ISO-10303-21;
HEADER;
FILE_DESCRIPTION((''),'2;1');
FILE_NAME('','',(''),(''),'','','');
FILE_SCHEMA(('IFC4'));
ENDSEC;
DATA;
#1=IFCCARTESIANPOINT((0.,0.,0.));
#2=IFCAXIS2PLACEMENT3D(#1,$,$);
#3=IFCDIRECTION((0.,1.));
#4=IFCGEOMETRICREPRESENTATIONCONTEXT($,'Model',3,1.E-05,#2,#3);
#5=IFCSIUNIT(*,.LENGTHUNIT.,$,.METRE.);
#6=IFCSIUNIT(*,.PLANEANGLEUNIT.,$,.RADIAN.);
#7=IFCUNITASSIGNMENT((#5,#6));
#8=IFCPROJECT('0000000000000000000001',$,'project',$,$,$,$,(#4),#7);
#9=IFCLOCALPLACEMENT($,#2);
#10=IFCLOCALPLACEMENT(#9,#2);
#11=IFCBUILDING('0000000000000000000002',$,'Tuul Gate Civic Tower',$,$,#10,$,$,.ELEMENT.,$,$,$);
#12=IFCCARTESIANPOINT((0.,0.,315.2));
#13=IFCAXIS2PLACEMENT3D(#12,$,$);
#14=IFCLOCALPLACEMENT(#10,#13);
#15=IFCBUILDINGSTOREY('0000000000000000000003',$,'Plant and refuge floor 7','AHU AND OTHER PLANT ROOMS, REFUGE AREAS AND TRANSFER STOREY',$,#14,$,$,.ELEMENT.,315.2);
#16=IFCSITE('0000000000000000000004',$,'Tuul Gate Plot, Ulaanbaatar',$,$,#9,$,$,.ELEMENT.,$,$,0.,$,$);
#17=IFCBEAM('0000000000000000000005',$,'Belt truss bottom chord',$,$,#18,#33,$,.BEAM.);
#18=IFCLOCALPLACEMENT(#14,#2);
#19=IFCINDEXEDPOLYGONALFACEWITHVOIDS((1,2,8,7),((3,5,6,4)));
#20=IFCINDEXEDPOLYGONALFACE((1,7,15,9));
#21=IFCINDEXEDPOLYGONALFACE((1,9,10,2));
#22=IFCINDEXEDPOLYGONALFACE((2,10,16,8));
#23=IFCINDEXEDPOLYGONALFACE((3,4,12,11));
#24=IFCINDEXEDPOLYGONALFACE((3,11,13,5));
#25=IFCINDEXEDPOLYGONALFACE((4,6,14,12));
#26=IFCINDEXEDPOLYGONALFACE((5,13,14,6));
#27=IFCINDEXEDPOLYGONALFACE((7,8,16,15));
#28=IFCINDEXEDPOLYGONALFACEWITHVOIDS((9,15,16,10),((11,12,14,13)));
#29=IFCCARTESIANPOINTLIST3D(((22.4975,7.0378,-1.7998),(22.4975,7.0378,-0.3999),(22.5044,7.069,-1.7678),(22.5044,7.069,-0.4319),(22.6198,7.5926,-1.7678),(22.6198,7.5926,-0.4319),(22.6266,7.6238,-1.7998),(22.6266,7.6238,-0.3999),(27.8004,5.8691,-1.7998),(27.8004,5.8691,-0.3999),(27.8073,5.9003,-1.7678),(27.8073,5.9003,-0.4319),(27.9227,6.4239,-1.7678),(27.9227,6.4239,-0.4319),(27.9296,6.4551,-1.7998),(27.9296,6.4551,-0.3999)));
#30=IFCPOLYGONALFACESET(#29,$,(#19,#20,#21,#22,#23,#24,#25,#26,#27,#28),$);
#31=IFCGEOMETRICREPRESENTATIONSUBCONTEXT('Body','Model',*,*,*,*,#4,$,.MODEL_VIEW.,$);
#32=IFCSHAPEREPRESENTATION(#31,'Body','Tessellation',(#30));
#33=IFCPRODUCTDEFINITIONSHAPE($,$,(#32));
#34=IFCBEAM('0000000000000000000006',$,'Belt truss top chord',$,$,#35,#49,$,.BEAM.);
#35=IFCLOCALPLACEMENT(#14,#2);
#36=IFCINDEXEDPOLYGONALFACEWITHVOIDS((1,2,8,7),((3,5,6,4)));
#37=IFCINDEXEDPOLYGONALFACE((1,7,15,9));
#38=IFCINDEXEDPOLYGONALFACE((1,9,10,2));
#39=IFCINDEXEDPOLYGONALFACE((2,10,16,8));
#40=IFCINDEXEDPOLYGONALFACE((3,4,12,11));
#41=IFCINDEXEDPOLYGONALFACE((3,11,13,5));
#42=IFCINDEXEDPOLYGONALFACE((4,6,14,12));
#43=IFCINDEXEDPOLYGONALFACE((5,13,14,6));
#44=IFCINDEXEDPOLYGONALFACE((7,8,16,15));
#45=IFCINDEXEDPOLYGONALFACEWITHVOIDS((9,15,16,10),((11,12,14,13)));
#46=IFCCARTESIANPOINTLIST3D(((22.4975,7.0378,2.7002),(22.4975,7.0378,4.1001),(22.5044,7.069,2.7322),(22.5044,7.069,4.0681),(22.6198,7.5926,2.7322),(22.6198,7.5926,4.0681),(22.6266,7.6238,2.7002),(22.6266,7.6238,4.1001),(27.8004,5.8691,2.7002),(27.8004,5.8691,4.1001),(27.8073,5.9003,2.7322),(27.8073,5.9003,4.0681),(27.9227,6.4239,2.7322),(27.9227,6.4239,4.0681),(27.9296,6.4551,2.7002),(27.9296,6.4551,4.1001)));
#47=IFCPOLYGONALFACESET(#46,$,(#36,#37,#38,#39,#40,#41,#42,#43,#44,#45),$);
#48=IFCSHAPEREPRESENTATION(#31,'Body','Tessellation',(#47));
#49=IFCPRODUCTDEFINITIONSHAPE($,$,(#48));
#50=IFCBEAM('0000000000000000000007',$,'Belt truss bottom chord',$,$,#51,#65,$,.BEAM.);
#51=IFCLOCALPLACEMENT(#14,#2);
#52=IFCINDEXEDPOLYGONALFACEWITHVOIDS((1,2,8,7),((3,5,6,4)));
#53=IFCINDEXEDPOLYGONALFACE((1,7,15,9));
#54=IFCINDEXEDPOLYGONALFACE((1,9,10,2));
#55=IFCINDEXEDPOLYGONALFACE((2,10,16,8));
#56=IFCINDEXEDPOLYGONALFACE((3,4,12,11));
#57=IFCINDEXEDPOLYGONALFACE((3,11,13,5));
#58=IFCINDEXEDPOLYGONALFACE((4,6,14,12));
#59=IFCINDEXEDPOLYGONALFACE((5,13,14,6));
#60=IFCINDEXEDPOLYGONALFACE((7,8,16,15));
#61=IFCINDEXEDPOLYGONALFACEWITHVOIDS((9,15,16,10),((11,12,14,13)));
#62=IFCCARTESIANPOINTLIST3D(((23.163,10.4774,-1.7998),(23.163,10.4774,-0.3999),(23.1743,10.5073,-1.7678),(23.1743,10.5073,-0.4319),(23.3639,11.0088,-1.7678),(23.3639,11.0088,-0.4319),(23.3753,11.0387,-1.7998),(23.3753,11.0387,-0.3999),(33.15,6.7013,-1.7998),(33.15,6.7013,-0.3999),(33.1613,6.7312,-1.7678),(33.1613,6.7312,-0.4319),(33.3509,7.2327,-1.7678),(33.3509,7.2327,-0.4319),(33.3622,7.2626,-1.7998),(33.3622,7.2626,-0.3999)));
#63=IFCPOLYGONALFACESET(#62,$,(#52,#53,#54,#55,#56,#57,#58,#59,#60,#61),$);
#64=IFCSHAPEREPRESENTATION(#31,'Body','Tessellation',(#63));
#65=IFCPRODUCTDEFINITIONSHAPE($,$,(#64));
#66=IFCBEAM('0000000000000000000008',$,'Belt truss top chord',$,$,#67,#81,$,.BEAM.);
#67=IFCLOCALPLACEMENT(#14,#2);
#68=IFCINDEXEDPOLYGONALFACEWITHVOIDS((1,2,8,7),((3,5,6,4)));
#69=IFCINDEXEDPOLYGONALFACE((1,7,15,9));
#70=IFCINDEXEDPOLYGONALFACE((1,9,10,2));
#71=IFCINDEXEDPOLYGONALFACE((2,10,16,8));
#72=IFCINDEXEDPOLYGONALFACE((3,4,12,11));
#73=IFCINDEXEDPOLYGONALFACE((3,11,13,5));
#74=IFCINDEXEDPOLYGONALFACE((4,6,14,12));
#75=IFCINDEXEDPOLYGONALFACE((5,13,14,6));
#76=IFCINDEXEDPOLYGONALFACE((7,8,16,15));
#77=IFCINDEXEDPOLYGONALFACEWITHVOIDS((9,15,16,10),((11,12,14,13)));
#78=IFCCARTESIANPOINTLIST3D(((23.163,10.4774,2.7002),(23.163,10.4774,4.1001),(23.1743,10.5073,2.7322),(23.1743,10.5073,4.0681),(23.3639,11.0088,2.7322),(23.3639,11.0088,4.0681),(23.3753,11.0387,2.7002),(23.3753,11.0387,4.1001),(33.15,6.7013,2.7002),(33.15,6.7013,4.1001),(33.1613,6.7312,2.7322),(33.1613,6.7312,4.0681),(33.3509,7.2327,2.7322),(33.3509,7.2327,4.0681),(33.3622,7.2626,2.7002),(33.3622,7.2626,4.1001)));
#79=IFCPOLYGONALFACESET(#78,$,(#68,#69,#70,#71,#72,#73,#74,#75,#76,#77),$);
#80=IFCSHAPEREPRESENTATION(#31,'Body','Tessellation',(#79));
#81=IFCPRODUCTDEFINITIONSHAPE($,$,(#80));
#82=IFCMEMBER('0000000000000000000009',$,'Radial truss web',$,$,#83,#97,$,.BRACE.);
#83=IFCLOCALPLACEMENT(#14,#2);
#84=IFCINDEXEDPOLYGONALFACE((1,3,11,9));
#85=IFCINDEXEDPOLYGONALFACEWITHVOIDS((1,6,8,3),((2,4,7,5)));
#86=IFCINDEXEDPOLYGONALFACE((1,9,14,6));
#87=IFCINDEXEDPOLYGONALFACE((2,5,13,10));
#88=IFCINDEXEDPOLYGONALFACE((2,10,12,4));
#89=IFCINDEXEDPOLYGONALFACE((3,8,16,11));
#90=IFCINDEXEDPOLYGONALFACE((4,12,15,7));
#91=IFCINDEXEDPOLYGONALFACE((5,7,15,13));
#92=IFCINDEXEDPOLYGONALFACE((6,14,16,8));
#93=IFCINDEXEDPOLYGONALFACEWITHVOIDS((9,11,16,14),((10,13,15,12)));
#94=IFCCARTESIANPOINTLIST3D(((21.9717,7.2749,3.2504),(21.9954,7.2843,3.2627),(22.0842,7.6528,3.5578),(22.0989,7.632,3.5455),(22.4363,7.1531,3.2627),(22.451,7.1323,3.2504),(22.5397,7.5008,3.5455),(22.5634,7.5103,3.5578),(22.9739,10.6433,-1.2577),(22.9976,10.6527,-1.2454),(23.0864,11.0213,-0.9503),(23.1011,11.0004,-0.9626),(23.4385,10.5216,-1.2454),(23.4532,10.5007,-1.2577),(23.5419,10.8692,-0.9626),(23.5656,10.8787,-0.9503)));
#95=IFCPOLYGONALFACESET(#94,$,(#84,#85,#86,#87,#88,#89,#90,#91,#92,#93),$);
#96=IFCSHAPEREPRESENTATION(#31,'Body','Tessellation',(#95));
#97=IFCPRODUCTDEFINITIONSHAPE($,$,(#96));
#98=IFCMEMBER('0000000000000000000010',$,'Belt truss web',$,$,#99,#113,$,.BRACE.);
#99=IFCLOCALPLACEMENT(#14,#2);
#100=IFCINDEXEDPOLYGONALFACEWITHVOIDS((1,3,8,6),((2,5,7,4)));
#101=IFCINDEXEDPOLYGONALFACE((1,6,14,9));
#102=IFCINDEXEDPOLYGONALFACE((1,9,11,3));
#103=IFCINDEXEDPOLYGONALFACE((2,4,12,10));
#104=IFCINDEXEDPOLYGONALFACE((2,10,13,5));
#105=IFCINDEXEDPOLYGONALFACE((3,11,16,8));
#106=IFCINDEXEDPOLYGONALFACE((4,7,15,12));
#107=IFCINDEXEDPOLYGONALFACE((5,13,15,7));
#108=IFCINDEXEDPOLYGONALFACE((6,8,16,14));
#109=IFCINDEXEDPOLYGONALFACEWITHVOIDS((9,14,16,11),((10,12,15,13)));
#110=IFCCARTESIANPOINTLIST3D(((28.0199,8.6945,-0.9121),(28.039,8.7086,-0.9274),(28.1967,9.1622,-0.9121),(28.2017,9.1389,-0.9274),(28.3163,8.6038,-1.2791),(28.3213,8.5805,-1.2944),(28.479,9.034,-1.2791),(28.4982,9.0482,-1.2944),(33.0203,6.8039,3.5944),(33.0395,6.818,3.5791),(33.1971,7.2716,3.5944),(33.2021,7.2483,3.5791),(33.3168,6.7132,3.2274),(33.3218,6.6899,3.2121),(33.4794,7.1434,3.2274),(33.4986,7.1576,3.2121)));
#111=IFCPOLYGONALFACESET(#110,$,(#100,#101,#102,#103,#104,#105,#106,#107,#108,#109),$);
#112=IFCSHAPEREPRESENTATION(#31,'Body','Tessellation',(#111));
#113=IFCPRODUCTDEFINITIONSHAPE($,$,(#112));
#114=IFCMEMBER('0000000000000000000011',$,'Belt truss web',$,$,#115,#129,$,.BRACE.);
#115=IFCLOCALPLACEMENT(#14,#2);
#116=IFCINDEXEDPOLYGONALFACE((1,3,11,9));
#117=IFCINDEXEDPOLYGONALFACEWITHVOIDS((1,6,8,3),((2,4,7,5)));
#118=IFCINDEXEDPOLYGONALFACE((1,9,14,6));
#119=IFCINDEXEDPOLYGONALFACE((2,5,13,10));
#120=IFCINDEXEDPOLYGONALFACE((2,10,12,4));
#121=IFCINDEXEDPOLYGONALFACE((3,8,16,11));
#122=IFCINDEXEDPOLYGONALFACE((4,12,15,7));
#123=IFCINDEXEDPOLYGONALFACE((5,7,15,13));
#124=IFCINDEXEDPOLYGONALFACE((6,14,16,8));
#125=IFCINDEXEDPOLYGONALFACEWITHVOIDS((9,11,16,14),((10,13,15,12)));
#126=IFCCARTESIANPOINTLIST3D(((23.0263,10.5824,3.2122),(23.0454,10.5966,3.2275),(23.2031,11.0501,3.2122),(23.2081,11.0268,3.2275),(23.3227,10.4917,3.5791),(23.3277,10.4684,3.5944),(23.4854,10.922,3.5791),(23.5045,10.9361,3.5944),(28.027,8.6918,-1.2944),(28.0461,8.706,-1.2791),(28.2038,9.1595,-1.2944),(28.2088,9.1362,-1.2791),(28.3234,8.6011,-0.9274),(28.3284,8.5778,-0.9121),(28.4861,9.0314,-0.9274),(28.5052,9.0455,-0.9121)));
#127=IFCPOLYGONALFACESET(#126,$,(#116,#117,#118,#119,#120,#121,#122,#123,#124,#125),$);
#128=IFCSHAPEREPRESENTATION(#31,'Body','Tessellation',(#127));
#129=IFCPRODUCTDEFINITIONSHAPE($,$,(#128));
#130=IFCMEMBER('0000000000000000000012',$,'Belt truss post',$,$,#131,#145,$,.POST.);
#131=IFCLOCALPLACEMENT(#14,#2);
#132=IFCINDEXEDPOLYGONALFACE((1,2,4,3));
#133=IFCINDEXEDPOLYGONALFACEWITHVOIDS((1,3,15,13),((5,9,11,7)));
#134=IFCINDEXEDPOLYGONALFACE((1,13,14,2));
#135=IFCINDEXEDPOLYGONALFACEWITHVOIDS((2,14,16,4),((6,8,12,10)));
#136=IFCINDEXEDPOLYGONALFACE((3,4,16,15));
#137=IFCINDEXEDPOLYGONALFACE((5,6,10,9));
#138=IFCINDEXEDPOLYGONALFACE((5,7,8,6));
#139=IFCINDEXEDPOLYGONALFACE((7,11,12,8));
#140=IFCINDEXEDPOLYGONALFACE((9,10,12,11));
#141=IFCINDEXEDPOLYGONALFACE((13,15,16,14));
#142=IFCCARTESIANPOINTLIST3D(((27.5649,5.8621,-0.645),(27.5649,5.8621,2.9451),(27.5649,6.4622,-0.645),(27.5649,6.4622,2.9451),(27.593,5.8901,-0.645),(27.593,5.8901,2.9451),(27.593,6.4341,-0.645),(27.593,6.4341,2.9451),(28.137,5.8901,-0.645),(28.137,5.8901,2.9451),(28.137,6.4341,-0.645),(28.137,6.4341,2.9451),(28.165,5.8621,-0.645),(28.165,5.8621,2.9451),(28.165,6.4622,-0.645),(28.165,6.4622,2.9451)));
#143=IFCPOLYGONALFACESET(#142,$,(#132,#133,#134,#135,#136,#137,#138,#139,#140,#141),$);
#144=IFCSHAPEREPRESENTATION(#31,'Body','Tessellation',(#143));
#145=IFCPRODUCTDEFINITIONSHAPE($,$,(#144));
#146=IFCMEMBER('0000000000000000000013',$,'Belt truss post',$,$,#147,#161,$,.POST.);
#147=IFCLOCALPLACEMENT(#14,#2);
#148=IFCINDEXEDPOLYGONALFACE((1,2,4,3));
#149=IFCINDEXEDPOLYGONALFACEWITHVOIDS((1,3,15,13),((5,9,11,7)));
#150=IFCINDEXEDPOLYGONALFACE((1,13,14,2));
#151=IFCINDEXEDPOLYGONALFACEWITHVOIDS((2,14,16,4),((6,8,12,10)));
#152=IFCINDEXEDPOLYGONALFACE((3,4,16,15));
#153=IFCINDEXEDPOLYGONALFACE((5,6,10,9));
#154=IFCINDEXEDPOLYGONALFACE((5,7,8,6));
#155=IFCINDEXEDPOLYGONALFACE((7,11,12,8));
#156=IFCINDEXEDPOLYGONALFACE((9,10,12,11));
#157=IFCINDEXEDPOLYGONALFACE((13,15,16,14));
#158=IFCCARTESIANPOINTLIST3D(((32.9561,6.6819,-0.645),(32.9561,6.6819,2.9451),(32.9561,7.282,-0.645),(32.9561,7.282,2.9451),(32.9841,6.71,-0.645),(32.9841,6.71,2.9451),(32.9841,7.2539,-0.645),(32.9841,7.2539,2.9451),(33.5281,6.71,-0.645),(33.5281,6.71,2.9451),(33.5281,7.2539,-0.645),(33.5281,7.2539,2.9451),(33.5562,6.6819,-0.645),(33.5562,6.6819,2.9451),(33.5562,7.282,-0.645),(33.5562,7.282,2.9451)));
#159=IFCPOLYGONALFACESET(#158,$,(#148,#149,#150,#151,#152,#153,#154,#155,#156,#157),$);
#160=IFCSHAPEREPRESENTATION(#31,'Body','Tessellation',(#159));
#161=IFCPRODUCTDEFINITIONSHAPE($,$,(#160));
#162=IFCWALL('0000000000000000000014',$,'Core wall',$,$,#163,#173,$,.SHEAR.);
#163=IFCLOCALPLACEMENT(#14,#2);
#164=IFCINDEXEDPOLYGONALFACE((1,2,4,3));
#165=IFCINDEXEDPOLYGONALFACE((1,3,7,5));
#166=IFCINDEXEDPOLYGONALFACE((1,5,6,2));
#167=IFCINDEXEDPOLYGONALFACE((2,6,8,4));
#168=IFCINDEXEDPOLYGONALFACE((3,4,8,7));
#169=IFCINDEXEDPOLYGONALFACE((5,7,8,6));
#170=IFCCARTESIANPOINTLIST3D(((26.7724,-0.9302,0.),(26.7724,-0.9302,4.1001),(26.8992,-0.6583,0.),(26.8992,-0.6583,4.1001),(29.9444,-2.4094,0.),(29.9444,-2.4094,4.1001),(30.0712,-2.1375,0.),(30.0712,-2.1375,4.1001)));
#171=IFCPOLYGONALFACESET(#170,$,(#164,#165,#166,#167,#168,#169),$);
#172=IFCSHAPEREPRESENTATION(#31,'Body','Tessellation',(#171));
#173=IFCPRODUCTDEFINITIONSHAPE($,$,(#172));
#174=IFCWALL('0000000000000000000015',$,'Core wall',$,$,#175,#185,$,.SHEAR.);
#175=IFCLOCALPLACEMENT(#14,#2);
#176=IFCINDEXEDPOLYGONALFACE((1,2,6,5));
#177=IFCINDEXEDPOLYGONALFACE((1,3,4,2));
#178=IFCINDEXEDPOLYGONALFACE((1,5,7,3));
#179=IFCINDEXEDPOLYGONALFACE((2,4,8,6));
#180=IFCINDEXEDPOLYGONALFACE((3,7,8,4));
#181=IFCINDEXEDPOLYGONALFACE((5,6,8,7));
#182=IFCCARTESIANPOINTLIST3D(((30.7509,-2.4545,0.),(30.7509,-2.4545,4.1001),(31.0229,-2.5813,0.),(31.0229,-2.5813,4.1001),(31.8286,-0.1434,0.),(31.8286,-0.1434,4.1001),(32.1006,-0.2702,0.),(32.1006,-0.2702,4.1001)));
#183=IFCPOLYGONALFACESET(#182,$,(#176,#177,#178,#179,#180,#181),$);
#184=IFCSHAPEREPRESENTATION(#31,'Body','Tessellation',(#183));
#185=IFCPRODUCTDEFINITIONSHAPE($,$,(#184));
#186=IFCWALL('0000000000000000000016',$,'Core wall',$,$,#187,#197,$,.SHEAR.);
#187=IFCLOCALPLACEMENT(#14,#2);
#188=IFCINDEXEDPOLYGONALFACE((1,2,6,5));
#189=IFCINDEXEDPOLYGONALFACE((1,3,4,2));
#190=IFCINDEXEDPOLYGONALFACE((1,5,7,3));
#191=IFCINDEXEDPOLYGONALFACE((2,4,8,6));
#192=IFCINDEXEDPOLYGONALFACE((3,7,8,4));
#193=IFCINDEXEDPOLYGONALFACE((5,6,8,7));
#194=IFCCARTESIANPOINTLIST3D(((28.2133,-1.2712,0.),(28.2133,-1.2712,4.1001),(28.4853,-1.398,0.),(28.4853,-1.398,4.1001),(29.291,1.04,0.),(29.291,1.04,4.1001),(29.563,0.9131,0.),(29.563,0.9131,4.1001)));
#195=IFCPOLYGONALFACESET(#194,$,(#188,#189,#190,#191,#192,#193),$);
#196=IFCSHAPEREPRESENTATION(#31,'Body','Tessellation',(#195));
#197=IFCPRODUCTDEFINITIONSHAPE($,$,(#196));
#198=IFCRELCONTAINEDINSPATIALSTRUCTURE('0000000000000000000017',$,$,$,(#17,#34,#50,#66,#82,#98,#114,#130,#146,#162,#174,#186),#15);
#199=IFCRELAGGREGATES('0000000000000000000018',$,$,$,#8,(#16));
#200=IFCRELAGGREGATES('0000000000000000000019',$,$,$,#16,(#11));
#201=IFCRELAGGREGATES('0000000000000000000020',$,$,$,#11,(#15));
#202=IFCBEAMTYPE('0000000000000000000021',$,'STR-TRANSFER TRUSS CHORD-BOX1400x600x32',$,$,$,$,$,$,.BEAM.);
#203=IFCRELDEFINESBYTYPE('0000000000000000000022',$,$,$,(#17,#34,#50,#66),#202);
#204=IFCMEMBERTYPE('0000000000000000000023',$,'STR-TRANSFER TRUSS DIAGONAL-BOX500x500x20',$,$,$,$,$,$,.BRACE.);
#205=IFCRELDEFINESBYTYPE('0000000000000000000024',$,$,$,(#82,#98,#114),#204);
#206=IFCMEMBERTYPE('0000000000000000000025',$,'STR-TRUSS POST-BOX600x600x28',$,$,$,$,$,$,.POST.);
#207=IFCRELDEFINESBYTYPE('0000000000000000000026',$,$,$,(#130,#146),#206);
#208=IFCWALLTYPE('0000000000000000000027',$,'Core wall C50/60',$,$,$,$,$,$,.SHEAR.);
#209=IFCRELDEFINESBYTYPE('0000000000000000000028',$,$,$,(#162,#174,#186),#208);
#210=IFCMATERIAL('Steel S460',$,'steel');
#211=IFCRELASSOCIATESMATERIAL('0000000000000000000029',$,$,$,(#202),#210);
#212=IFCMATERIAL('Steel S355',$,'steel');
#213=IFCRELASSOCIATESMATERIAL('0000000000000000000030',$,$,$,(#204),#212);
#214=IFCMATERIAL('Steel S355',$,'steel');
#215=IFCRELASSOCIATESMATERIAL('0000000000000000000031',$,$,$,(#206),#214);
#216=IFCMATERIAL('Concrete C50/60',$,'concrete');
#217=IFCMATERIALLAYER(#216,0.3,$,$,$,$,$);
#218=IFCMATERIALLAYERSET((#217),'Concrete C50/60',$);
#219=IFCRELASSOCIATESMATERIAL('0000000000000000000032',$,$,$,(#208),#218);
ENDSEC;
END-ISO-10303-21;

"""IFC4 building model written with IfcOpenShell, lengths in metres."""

from ifc_helpers import new_model, si_unit, direction, frame, frame_2d, origin, origin_2d, place, context, subcontext, project, spatial, rectangle, hollow_rectangle, extrude, material, layer, layer_set, material_profile, profile_set, type_object, element, save


model = new_model("IFC4")

# Units and contexts
model_context = context("Model", 3, precision=1e-05, world=origin(), true_north=direction((0.0, 1.0)))
body_context = subcontext(model_context, "Body", "Model", "MODEL_VIEW")
ifc_project = project(units=[si_unit("LENGTHUNIT", "METRE"), si_unit("PLANEANGLEUNIT", "RADIAN")], contexts=[model_context])

# Site, building, storey
site_placement = place(None, origin())
site = spatial("IfcSite", under=ifc_project, at=site_placement, Name="Tuul Gate Plot, Ulaanbaatar", CompositionType="ELEMENT", RefElevation=0.0)
building_placement = place(site_placement, origin())
building = spatial("IfcBuilding", under=site, at=building_placement, Name="Tuul Gate Civic Tower", CompositionType="ELEMENT")
storey_placement = place(building_placement, frame((0.0, 0.0, 315.2)))
storey = spatial("IfcBuildingStorey", under=building, at=storey_placement, Name="Plant and refuge floor 7", Description="AHU AND OTHER PLANT ROOMS, REFUGE AREAS AND TRANSFER STOREY", CompositionType="ELEMENT", Elevation=315.2)

# Beams
ifc_material_1 = material(Name="Steel S460", Category="steel")
ifc_material_profile_1 = material_profile(ifc_material_1, hollow_rectangle(XDim=0.6001, YDim=1.3999, WallThickness=0.032, at=origin_2d()), Name="BOX1400x600x32")
ifc_profile_set_1 = profile_set([ifc_material_profile_1], Name="Steel S460")
beam_type = type_object("IfcBeamType", Name="STR-TRANSFER TRUSS CHORD-BOX1400x600x32", PredefinedType="BEAM", material=ifc_profile_set_1)
for number, where, z_axis, x_axis, name in (
    (1, (27.865, 6.1621, -1.0999), (-0.976565, 0.215221, 0.0), (-0.215221, -0.976565, 0.0), "Belt truss bottom chord"),
    (2, (27.865, 6.1621, 3.4001), (-0.976565, 0.215221, 0.0), (-0.215221, -0.976565, 0.0), "Belt truss top chord"),
):
    element("IfcBeam", number, at=place(storey_placement, frame(where, z_axis=z_axis, x_axis=x_axis)), inside=storey, type_object=beam_type, Name=name, PredefinedType="BEAM", context=body_context, shape_type="SweptSolid", body=[
        extrude(hollow_rectangle(XDim=0.6001, YDim=1.3999, WallThickness=0.032, at=origin_2d()), origin(), (0.0, 0.0, 1.0), 5.4302),
    ])
for number, where, z_axis, x_axis, name in (
    (3, (33.2561, 6.9819, -1.0999), (-0.935372, 0.353666, 0.0), (-0.353666, -0.935372, 0.0), "Belt truss bottom chord"),
    (4, (33.2561, 6.9819, 3.4001), (-0.935372, 0.353666, 0.0), (-0.353666, -0.935372, 0.0), "Belt truss top chord"),
):
    element("IfcBeam", number, at=place(storey_placement, frame(where, z_axis=z_axis, x_axis=x_axis)), inside=storey, type_object=beam_type, Name=name, PredefinedType="BEAM", context=body_context, shape_type="SweptSolid", body=[
        extrude(hollow_rectangle(XDim=0.6001, YDim=1.3999, WallThickness=0.032, at=origin_2d()), origin(), (0.0, 0.0, 1.0), 10.677),
    ])

# Members
ifc_material_2 = material(Name="Steel S355", Category="steel")
ifc_material_profile_2 = material_profile(ifc_material_2, hollow_rectangle(XDim=0.5, YDim=0.5, WallThickness=0.02, at=origin_2d()), Name="BOX500x500x20")
ifc_profile_set_2 = profile_set([ifc_material_profile_2], Name="Steel S355")
member_type_1 = type_object("IfcMemberType", Name="STR-TRANSFER TRUSS DIAGONAL-BOX500x500x20", PredefinedType="BRACE", material=ifc_profile_set_2)
member_1_placement = place(storey_placement, frame((23.2698, 10.761, -1.104), z_axis=(-0.175331, -0.58929, 0.788667), x_axis=(0.958476, -0.285174, 0.0)))
element("IfcMember", 5, at=member_1_placement, inside=storey, type_object=member_type_1, Name="Radial truss web", PredefinedType="BRACE", context=body_context, shape_type="SweptSolid", body=[
    extrude(hollow_rectangle(XDim=0.5, YDim=0.5, WallThickness=0.02, at=origin_2d()), origin(), (0.0, 0.0, 1.0), 5.7161),
])
member_2_placement = place(storey_placement, frame((28.259, 8.8713, -1.1033), z_axis=(0.715168, -0.270397, 0.644531), x_axis=(0.353655, 0.935376, 0.0)))
element("IfcMember", 6, at=member_2_placement, inside=storey, type_object=member_type_1, Name="Belt truss web", PredefinedType="BRACE", context=body_context, shape_type="SweptSolid", body=[
    extrude(hollow_rectangle(XDim=0.5, YDim=0.5, WallThickness=0.02, at=origin_2d()), origin(), (0.0, 0.0, 1.0), 6.9919),
])
member_3_placement = place(storey_placement, frame((28.2661, 8.8687, -1.1033), z_axis=(-0.715185, 0.27039, 0.644515), x_axis=(-0.353639, -0.935382, 0.0)))
element("IfcMember", 7, at=member_3_placement, inside=storey, type_object=member_type_1, Name="Belt truss web", PredefinedType="BRACE", context=body_context, shape_type="SweptSolid", body=[
    extrude(hollow_rectangle(XDim=0.5, YDim=0.5, WallThickness=0.02, at=origin_2d()), origin(), (0.0, 0.0, 1.0), 6.9922),
])
ifc_material_3 = material(Name="Steel S355", Category="steel")
ifc_material_profile_3 = material_profile(ifc_material_3, hollow_rectangle(XDim=0.6001, YDim=0.6001, WallThickness=0.0281, at=origin_2d()), Name="BOX600x600x28")
ifc_profile_set_3 = profile_set([ifc_material_profile_3], Name="Steel S355")
member_type_2 = type_object("IfcMemberType", Name="STR-TRUSS POST-BOX600x600x28", PredefinedType="POST", material=ifc_profile_set_3)
for number, where, z_axis, x_axis, name in (
    (8, (27.865, 6.1621, -0.645), (0.0, 0.0, 1.0), (1.0, 0.0, 0.0), "Belt truss post"),
    (9, (33.2561, 6.9819, -0.645), (0.0, 0.0, 1.0), (1.0, 0.0, 0.0), "Belt truss post"),
):
    element("IfcMember", number, at=place(storey_placement, frame(where, z_axis=z_axis, x_axis=x_axis)), inside=storey, type_object=member_type_2, Name=name, PredefinedType="POST", context=body_context, shape_type="SweptSolid", body=[
        extrude(hollow_rectangle(XDim=0.6001, YDim=0.6001, WallThickness=0.0281, at=origin_2d()), origin(), (0.0, 0.0, 1.0), 3.5901),
    ])

# Walls
ifc_material_4 = material(Name="Concrete C50/60", Category="concrete")
ifc_layer_1 = layer(ifc_material_4, 0.3)
ifc_layer_set_1 = layer_set([ifc_layer_1], Name="Concrete C50/60")
wall_type_1 = type_object("IfcWallType", Name="Core wall C50/60", PredefinedType="SHEAR", material=ifc_layer_set_1)
wall_1_placement = place(storey_placement, frame((30.0078, -2.2734, 0.0), z_axis=(0.0, 0.0, 1.0), x_axis=(-0.906301, 0.422633, 0.0)))
element("IfcWall", 10, at=wall_1_placement, inside=storey, type_object=wall_type_1, Name="Core wall", PredefinedType="SHEAR", context=body_context, shape_type="SweptSolid", body=[
    extrude(rectangle(XDim=3.5, YDim=0.3, at=frame_2d((1.75, 0.0))), origin(), (0.0, 0.0, 1.0), 4.1001),
])
for number, where, z_axis, x_axis, name in (
    (11, (30.887, -2.5178, 0.0), (0.0, 0.0, 1.0), (0.422613, 0.90631, 0.0), "Core wall"),
    (12, (28.3494, -1.3345, 0.0), (0.0, 0.0, 1.0), (0.422613, 0.90631, 0.0), "Core wall"),
):
    element("IfcWall", number, at=place(storey_placement, frame(where, z_axis=z_axis, x_axis=x_axis)), inside=storey, type_object=wall_type_1, Name=name, PredefinedType="SHEAR", context=body_context, shape_type="SweptSolid", body=[
        extrude(rectangle(XDim=2.55, YDim=0.3, at=frame_2d((1.2749, 0.0))), origin(), (0.0, 0.0, 1.0), 4.1001),
    ])

save(model, "model.ifc")
